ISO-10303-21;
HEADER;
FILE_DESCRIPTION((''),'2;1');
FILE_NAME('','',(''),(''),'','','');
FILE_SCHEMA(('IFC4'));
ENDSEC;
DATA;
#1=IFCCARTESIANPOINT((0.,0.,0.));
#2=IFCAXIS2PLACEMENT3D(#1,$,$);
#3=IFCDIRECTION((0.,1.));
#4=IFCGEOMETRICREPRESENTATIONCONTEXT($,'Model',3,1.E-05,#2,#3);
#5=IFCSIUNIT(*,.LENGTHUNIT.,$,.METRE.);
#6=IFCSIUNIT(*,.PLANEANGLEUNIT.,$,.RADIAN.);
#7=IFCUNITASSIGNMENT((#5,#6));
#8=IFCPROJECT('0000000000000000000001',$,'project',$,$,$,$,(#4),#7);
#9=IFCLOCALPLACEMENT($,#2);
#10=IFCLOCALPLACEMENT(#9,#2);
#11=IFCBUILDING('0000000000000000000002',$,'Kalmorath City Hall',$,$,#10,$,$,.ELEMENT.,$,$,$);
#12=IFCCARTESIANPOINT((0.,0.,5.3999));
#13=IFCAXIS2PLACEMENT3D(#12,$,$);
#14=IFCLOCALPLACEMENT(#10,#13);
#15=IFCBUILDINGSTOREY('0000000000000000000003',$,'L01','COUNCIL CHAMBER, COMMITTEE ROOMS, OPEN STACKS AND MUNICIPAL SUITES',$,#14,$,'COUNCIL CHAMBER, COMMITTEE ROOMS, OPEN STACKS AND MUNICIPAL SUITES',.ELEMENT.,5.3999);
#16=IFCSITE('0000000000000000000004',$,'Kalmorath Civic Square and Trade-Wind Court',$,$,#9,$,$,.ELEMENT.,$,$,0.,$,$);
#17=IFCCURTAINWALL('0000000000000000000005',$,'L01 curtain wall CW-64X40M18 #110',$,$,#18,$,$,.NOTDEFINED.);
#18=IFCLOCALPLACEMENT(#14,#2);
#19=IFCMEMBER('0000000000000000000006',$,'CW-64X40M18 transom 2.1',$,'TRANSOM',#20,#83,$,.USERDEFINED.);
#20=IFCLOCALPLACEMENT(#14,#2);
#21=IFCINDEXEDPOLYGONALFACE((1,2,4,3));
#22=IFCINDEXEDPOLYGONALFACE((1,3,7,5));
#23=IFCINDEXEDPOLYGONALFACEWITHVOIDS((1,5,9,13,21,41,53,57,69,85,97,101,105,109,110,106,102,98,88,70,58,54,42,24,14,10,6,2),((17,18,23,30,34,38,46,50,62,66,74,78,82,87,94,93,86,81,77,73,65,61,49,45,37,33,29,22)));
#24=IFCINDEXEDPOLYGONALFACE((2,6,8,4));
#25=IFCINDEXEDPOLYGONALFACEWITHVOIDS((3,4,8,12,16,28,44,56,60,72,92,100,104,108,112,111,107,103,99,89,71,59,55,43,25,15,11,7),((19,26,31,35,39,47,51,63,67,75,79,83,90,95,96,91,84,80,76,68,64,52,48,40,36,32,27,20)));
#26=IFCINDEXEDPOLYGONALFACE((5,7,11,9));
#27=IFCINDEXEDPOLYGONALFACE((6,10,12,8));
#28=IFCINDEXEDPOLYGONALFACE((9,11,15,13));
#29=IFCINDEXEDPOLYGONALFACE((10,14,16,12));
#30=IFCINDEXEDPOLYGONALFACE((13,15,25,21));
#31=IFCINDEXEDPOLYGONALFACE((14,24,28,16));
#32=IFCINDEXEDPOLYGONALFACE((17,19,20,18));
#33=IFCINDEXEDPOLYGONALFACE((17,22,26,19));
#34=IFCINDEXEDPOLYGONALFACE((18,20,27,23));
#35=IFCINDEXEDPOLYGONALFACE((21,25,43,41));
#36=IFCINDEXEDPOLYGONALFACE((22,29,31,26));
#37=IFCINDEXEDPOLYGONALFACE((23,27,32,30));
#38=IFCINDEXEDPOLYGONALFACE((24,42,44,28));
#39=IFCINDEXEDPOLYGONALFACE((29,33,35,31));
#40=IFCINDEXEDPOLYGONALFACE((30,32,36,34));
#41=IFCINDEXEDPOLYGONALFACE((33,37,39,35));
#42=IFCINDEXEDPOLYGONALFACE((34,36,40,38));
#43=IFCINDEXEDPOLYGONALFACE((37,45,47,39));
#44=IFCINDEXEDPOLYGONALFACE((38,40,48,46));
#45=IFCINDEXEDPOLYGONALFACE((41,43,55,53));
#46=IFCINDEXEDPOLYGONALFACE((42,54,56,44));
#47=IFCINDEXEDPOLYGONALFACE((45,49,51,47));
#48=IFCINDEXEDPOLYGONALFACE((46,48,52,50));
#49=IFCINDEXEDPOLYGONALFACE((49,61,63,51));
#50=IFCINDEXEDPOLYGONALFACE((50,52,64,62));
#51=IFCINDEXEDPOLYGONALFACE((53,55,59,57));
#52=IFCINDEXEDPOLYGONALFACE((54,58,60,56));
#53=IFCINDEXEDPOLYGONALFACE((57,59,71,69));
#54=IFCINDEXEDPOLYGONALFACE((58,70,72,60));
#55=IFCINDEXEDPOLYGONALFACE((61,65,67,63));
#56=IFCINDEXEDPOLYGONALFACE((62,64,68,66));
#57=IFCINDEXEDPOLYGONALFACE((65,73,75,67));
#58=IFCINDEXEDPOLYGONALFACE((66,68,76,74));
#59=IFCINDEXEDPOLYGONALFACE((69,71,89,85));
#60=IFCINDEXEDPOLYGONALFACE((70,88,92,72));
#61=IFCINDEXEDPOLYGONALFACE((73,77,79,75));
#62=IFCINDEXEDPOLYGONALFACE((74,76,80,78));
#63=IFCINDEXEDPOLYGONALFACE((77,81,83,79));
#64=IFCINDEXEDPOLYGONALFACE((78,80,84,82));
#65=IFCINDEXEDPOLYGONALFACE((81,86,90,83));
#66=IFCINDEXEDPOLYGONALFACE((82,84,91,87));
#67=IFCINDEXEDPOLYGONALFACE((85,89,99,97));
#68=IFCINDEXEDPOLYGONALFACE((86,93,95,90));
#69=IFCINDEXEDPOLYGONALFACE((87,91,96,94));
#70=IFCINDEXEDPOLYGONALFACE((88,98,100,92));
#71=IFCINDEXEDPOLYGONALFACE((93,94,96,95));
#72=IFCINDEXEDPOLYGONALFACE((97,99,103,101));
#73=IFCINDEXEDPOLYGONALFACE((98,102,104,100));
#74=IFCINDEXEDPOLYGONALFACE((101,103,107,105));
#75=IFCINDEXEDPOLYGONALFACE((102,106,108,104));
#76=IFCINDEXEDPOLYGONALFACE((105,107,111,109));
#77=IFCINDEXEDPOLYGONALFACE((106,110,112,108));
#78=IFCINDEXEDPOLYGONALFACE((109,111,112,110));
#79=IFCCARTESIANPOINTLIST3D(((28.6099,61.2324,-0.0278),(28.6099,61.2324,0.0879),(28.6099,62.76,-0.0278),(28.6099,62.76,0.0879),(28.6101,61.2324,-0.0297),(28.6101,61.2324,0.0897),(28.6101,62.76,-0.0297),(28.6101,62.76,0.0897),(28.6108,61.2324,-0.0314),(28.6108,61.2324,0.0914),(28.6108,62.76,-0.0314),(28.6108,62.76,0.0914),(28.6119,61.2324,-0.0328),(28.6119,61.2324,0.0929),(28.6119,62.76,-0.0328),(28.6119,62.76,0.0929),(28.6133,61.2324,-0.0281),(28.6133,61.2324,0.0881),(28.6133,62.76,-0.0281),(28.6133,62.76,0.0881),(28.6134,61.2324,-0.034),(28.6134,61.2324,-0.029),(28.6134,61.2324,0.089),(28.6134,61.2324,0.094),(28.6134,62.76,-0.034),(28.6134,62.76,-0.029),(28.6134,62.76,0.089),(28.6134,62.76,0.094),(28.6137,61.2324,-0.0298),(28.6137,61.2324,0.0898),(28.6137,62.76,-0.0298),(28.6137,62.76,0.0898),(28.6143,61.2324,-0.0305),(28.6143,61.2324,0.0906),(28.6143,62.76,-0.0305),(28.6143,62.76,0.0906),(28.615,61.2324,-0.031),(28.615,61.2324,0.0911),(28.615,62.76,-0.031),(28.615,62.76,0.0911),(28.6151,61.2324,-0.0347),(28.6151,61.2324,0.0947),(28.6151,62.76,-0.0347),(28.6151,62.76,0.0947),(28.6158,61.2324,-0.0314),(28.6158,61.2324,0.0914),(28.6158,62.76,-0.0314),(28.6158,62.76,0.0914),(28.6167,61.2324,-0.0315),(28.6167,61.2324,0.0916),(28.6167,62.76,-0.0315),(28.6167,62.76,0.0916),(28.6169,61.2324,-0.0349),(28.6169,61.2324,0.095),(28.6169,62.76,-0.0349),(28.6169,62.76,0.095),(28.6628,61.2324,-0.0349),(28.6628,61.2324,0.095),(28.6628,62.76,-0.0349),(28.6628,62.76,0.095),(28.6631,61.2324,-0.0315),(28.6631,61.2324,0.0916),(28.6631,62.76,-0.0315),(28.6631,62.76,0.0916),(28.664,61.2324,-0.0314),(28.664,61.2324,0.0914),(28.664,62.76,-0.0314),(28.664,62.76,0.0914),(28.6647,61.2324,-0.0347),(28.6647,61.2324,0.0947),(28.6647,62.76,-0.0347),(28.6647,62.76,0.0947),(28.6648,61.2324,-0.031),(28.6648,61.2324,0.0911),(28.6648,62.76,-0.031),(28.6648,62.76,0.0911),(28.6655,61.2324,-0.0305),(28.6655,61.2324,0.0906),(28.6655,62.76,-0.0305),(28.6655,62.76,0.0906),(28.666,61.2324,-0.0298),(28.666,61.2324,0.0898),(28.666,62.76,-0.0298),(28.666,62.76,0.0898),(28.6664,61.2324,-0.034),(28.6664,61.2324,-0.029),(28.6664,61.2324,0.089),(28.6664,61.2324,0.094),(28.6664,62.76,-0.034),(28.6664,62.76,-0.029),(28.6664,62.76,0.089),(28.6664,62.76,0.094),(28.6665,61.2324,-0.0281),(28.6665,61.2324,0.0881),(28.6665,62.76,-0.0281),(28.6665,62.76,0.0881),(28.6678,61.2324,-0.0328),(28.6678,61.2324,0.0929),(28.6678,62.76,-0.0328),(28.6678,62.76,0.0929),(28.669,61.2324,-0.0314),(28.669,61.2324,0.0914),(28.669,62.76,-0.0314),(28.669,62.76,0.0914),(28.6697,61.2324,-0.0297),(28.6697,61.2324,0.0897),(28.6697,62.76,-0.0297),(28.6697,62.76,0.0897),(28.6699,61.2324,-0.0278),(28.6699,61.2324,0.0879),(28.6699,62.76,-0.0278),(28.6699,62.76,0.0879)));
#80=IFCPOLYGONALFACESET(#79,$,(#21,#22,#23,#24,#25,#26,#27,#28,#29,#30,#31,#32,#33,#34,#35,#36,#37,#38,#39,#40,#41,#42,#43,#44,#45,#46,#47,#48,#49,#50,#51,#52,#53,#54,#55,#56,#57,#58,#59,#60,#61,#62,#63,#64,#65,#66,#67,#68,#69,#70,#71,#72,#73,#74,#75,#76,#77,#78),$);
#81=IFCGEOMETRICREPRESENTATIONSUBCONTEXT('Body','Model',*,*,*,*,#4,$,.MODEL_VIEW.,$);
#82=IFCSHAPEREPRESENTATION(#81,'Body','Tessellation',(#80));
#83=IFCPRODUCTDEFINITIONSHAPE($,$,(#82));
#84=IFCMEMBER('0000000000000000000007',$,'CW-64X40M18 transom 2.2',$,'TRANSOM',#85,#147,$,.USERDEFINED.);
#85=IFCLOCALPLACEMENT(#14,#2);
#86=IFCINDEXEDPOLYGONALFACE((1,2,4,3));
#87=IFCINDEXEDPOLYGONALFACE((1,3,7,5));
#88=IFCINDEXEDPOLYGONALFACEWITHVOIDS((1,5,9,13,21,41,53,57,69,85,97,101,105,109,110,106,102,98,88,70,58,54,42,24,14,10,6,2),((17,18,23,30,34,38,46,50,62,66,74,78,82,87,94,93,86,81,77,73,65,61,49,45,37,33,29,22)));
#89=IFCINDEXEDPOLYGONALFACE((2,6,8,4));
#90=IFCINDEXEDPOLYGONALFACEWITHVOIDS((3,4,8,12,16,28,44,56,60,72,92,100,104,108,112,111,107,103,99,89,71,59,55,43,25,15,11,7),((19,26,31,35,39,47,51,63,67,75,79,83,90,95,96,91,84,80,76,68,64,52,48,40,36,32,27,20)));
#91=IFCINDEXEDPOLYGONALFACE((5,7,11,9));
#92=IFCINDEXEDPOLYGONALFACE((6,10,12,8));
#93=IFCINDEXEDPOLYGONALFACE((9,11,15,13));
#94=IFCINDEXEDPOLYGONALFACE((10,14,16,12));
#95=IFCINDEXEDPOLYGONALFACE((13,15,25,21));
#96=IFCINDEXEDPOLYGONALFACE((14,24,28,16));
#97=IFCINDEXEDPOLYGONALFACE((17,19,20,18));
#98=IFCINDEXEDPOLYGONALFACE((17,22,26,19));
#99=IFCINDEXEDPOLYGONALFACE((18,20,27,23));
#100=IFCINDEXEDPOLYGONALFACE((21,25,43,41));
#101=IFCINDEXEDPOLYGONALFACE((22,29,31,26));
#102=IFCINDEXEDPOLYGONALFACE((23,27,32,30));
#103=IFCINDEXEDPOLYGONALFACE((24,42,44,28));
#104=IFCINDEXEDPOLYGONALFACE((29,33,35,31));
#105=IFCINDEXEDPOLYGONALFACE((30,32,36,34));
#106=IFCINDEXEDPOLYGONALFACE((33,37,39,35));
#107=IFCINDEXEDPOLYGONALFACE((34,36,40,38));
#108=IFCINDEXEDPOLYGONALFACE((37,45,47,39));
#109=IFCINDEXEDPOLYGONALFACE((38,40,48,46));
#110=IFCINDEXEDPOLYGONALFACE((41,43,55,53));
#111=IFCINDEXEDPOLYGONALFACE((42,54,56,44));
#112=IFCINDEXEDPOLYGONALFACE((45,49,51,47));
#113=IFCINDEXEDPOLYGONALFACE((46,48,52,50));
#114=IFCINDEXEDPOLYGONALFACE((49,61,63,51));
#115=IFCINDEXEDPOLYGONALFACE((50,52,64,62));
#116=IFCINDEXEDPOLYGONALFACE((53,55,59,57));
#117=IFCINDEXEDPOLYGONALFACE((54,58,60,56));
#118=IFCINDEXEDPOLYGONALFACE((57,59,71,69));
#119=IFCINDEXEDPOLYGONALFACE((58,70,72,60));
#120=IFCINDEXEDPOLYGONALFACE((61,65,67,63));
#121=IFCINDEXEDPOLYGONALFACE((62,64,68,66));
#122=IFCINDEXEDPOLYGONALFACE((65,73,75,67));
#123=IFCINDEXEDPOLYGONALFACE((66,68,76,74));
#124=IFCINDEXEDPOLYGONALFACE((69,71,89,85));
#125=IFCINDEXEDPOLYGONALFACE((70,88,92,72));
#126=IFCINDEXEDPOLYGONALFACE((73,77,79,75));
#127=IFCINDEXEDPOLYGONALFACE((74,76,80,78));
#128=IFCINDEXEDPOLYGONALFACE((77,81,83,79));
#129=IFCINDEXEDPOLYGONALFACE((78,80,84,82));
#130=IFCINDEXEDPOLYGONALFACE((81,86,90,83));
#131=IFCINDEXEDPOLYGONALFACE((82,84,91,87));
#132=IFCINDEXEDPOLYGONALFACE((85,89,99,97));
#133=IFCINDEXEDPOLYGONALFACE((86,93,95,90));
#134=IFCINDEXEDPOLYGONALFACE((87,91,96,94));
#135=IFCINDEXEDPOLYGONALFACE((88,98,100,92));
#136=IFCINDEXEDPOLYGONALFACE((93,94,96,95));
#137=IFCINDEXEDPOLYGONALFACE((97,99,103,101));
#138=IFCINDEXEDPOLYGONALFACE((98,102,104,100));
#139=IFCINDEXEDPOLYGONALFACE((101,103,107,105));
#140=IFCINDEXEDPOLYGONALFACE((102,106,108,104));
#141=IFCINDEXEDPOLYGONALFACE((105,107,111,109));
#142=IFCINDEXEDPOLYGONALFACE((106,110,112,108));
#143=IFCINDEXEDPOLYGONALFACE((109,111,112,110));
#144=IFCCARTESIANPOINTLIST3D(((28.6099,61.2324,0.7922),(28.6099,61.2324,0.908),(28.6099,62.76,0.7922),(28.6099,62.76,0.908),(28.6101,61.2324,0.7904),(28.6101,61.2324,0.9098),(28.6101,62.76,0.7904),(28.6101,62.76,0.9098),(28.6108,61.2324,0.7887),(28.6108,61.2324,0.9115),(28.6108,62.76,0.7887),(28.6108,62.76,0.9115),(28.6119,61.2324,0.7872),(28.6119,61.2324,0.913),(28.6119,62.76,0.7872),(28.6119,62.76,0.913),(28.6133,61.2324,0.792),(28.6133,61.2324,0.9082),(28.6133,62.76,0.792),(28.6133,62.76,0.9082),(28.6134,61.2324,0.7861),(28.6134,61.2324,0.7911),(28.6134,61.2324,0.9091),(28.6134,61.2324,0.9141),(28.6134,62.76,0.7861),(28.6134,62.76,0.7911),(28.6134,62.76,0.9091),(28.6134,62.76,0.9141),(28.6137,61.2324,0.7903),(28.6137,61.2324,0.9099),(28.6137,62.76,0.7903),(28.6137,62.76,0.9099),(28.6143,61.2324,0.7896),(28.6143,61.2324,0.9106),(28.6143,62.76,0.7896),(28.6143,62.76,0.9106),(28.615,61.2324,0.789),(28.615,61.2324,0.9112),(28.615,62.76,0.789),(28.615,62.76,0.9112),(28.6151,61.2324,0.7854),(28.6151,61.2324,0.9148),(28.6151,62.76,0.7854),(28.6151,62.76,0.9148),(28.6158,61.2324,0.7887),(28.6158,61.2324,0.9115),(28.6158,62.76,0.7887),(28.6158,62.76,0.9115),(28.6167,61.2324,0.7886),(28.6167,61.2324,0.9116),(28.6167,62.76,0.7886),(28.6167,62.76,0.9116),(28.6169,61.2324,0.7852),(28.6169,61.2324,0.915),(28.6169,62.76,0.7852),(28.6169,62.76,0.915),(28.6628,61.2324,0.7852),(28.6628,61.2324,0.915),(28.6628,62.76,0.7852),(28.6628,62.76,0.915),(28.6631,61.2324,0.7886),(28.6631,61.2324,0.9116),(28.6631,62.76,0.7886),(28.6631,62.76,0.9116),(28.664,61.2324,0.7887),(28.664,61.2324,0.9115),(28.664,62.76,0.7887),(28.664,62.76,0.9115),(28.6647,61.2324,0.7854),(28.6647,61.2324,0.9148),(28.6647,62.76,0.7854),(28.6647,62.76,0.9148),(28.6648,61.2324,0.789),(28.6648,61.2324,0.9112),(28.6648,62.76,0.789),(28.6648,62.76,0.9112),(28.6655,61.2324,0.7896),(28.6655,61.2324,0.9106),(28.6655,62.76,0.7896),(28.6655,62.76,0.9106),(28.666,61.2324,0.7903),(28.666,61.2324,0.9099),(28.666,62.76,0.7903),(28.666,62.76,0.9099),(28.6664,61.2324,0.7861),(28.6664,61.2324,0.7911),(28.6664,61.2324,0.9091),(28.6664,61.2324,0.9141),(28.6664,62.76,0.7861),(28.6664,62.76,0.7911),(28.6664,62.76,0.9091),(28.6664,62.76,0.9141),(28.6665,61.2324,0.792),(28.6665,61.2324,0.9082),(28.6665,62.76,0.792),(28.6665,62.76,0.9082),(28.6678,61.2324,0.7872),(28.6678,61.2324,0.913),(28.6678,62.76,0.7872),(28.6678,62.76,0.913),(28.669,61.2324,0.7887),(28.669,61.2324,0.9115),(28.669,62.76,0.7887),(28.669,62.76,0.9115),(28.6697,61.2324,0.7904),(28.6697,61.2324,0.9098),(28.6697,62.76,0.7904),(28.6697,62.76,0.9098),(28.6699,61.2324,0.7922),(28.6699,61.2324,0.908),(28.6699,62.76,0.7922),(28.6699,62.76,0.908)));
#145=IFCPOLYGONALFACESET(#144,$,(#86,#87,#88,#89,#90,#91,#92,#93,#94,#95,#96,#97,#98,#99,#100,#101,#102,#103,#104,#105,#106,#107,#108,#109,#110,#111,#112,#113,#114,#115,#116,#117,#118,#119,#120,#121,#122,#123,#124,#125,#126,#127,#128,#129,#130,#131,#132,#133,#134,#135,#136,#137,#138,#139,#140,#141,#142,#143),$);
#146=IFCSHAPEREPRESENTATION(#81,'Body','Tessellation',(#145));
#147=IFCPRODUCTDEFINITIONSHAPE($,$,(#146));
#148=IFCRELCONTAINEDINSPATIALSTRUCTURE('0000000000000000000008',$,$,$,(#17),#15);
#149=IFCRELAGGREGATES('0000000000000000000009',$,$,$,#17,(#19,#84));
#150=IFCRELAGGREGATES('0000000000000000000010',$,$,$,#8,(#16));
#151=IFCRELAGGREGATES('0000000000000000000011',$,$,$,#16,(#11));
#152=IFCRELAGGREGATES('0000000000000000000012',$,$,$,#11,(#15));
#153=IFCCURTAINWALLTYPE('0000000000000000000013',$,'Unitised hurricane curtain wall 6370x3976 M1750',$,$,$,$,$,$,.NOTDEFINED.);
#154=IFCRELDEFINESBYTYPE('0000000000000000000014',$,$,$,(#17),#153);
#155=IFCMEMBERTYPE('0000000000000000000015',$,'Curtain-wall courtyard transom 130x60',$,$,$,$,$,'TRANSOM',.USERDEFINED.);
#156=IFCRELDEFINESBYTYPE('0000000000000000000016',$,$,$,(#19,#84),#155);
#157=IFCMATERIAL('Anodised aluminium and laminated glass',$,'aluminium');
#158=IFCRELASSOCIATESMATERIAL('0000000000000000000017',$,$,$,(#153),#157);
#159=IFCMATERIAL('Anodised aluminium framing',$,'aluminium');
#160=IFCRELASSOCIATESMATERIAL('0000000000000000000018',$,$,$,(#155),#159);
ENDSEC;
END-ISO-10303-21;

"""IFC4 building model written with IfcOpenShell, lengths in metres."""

from ifc_helpers import new_model, si_unit, direction, frame, origin, origin_2d, place, context, subcontext, project, spatial, hollow_rectangle, extrude, material, material_profile, profile_set, type_object, element, aggregate, save


model = new_model("IFC4")

# Units and contexts
model_context = context("Model", 3, precision=1e-05, world=origin(), true_north=direction((0.0, 1.0)))
body_context = subcontext(model_context, "Body", "Model", "MODEL_VIEW")
ifc_project = project(units=[si_unit("LENGTHUNIT", "METRE"), si_unit("PLANEANGLEUNIT", "RADIAN")], contexts=[model_context])

# Site, building, storey
site_placement = place(None, origin())
site = spatial("IfcSite", under=ifc_project, at=site_placement, Name="Kalmorath Civic Square and Trade-Wind Court", CompositionType="ELEMENT", RefElevation=0.0)
building_placement = place(site_placement, origin())
building = spatial("IfcBuilding", under=site, at=building_placement, Name="Kalmorath City Hall", CompositionType="ELEMENT")
storey_placement = place(building_placement, frame((0.0, 0.0, 5.3999)))
storey = spatial("IfcBuildingStorey", under=building, at=storey_placement, Name="L01", Description="COUNCIL CHAMBER, COMMITTEE ROOMS, OPEN STACKS AND MUNICIPAL SUITES", LongName="COUNCIL CHAMBER, COMMITTEE ROOMS, OPEN STACKS AND MUNICIPAL SUITES", CompositionType="ELEMENT", Elevation=5.3999)

# Curtain wall, members
ifc_material_1 = material(Name="Anodised aluminium and laminated glass", Category="aluminium")
curtain_wall_type = type_object("IfcCurtainWallType", Name="Unitised hurricane curtain wall 6370x3976 M1750", PredefinedType="NOTDEFINED", material=ifc_material_1)
curtain_wall_placement = place(storey_placement, origin())
curtain_wall = element("IfcCurtainWall", 1, at=curtain_wall_placement, inside=storey, type_object=curtain_wall_type, Name="L01 curtain wall CW-64X40M18 #110", PredefinedType="NOTDEFINED")
ifc_material_2 = material(Name="Anodised aluminium framing", Category="aluminium")
ifc_material_profile_1 = material_profile(ifc_material_2, hollow_rectangle(XDim=0.0601, YDim=0.1299, WallThickness=0.0034, InnerFilletRadius=0.0034, OuterFilletRadius=0.0071, at=origin_2d()), Name="ALU-TRN-130X60X3.5")
ifc_profile_set_1 = profile_set([ifc_material_profile_1], Name="Anodised aluminium framing")
member_type_1 = type_object("IfcMemberType", Name="Curtain-wall courtyard transom 130x60", ElementType="TRANSOM", PredefinedType="USERDEFINED", material=ifc_profile_set_1)
member_1_placement = place(storey_placement, frame((28.6399, 62.76, 0.03), z_axis=(0.0, -1.0, 0.0), x_axis=(1.0, 0.0, 0.0)))
member_1 = element("IfcMember", 2, at=member_1_placement, type_object=member_type_1, Name="CW-64X40M18 transom 2.1", ObjectType="TRANSOM", PredefinedType="USERDEFINED", context=body_context, shape_type="SweptSolid", body=[
    extrude(hollow_rectangle(XDim=0.0601, YDim=0.1299, WallThickness=0.0034, InnerFilletRadius=0.0034, OuterFilletRadius=0.0071, at=origin_2d()), origin(), (0.0, 0.0, 1.0), 1.5276),
])
member_2_placement = place(storey_placement, frame((28.6399, 62.76, 0.8501), z_axis=(0.0, -1.0, 0.0), x_axis=(1.0, 0.0, 0.0)))
member_2 = element("IfcMember", 3, at=member_2_placement, type_object=member_type_1, Name="CW-64X40M18 transom 2.2", ObjectType="TRANSOM", PredefinedType="USERDEFINED", context=body_context, shape_type="SweptSolid", body=[
    extrude(hollow_rectangle(XDim=0.0601, YDim=0.1299, WallThickness=0.0034, InnerFilletRadius=0.0034, OuterFilletRadius=0.0071, at=origin_2d()), origin(), (0.0, 0.0, 1.0), 1.5276),
])

aggregate(curtain_wall, [member_1, member_2])

save(model, "model.ifc")
